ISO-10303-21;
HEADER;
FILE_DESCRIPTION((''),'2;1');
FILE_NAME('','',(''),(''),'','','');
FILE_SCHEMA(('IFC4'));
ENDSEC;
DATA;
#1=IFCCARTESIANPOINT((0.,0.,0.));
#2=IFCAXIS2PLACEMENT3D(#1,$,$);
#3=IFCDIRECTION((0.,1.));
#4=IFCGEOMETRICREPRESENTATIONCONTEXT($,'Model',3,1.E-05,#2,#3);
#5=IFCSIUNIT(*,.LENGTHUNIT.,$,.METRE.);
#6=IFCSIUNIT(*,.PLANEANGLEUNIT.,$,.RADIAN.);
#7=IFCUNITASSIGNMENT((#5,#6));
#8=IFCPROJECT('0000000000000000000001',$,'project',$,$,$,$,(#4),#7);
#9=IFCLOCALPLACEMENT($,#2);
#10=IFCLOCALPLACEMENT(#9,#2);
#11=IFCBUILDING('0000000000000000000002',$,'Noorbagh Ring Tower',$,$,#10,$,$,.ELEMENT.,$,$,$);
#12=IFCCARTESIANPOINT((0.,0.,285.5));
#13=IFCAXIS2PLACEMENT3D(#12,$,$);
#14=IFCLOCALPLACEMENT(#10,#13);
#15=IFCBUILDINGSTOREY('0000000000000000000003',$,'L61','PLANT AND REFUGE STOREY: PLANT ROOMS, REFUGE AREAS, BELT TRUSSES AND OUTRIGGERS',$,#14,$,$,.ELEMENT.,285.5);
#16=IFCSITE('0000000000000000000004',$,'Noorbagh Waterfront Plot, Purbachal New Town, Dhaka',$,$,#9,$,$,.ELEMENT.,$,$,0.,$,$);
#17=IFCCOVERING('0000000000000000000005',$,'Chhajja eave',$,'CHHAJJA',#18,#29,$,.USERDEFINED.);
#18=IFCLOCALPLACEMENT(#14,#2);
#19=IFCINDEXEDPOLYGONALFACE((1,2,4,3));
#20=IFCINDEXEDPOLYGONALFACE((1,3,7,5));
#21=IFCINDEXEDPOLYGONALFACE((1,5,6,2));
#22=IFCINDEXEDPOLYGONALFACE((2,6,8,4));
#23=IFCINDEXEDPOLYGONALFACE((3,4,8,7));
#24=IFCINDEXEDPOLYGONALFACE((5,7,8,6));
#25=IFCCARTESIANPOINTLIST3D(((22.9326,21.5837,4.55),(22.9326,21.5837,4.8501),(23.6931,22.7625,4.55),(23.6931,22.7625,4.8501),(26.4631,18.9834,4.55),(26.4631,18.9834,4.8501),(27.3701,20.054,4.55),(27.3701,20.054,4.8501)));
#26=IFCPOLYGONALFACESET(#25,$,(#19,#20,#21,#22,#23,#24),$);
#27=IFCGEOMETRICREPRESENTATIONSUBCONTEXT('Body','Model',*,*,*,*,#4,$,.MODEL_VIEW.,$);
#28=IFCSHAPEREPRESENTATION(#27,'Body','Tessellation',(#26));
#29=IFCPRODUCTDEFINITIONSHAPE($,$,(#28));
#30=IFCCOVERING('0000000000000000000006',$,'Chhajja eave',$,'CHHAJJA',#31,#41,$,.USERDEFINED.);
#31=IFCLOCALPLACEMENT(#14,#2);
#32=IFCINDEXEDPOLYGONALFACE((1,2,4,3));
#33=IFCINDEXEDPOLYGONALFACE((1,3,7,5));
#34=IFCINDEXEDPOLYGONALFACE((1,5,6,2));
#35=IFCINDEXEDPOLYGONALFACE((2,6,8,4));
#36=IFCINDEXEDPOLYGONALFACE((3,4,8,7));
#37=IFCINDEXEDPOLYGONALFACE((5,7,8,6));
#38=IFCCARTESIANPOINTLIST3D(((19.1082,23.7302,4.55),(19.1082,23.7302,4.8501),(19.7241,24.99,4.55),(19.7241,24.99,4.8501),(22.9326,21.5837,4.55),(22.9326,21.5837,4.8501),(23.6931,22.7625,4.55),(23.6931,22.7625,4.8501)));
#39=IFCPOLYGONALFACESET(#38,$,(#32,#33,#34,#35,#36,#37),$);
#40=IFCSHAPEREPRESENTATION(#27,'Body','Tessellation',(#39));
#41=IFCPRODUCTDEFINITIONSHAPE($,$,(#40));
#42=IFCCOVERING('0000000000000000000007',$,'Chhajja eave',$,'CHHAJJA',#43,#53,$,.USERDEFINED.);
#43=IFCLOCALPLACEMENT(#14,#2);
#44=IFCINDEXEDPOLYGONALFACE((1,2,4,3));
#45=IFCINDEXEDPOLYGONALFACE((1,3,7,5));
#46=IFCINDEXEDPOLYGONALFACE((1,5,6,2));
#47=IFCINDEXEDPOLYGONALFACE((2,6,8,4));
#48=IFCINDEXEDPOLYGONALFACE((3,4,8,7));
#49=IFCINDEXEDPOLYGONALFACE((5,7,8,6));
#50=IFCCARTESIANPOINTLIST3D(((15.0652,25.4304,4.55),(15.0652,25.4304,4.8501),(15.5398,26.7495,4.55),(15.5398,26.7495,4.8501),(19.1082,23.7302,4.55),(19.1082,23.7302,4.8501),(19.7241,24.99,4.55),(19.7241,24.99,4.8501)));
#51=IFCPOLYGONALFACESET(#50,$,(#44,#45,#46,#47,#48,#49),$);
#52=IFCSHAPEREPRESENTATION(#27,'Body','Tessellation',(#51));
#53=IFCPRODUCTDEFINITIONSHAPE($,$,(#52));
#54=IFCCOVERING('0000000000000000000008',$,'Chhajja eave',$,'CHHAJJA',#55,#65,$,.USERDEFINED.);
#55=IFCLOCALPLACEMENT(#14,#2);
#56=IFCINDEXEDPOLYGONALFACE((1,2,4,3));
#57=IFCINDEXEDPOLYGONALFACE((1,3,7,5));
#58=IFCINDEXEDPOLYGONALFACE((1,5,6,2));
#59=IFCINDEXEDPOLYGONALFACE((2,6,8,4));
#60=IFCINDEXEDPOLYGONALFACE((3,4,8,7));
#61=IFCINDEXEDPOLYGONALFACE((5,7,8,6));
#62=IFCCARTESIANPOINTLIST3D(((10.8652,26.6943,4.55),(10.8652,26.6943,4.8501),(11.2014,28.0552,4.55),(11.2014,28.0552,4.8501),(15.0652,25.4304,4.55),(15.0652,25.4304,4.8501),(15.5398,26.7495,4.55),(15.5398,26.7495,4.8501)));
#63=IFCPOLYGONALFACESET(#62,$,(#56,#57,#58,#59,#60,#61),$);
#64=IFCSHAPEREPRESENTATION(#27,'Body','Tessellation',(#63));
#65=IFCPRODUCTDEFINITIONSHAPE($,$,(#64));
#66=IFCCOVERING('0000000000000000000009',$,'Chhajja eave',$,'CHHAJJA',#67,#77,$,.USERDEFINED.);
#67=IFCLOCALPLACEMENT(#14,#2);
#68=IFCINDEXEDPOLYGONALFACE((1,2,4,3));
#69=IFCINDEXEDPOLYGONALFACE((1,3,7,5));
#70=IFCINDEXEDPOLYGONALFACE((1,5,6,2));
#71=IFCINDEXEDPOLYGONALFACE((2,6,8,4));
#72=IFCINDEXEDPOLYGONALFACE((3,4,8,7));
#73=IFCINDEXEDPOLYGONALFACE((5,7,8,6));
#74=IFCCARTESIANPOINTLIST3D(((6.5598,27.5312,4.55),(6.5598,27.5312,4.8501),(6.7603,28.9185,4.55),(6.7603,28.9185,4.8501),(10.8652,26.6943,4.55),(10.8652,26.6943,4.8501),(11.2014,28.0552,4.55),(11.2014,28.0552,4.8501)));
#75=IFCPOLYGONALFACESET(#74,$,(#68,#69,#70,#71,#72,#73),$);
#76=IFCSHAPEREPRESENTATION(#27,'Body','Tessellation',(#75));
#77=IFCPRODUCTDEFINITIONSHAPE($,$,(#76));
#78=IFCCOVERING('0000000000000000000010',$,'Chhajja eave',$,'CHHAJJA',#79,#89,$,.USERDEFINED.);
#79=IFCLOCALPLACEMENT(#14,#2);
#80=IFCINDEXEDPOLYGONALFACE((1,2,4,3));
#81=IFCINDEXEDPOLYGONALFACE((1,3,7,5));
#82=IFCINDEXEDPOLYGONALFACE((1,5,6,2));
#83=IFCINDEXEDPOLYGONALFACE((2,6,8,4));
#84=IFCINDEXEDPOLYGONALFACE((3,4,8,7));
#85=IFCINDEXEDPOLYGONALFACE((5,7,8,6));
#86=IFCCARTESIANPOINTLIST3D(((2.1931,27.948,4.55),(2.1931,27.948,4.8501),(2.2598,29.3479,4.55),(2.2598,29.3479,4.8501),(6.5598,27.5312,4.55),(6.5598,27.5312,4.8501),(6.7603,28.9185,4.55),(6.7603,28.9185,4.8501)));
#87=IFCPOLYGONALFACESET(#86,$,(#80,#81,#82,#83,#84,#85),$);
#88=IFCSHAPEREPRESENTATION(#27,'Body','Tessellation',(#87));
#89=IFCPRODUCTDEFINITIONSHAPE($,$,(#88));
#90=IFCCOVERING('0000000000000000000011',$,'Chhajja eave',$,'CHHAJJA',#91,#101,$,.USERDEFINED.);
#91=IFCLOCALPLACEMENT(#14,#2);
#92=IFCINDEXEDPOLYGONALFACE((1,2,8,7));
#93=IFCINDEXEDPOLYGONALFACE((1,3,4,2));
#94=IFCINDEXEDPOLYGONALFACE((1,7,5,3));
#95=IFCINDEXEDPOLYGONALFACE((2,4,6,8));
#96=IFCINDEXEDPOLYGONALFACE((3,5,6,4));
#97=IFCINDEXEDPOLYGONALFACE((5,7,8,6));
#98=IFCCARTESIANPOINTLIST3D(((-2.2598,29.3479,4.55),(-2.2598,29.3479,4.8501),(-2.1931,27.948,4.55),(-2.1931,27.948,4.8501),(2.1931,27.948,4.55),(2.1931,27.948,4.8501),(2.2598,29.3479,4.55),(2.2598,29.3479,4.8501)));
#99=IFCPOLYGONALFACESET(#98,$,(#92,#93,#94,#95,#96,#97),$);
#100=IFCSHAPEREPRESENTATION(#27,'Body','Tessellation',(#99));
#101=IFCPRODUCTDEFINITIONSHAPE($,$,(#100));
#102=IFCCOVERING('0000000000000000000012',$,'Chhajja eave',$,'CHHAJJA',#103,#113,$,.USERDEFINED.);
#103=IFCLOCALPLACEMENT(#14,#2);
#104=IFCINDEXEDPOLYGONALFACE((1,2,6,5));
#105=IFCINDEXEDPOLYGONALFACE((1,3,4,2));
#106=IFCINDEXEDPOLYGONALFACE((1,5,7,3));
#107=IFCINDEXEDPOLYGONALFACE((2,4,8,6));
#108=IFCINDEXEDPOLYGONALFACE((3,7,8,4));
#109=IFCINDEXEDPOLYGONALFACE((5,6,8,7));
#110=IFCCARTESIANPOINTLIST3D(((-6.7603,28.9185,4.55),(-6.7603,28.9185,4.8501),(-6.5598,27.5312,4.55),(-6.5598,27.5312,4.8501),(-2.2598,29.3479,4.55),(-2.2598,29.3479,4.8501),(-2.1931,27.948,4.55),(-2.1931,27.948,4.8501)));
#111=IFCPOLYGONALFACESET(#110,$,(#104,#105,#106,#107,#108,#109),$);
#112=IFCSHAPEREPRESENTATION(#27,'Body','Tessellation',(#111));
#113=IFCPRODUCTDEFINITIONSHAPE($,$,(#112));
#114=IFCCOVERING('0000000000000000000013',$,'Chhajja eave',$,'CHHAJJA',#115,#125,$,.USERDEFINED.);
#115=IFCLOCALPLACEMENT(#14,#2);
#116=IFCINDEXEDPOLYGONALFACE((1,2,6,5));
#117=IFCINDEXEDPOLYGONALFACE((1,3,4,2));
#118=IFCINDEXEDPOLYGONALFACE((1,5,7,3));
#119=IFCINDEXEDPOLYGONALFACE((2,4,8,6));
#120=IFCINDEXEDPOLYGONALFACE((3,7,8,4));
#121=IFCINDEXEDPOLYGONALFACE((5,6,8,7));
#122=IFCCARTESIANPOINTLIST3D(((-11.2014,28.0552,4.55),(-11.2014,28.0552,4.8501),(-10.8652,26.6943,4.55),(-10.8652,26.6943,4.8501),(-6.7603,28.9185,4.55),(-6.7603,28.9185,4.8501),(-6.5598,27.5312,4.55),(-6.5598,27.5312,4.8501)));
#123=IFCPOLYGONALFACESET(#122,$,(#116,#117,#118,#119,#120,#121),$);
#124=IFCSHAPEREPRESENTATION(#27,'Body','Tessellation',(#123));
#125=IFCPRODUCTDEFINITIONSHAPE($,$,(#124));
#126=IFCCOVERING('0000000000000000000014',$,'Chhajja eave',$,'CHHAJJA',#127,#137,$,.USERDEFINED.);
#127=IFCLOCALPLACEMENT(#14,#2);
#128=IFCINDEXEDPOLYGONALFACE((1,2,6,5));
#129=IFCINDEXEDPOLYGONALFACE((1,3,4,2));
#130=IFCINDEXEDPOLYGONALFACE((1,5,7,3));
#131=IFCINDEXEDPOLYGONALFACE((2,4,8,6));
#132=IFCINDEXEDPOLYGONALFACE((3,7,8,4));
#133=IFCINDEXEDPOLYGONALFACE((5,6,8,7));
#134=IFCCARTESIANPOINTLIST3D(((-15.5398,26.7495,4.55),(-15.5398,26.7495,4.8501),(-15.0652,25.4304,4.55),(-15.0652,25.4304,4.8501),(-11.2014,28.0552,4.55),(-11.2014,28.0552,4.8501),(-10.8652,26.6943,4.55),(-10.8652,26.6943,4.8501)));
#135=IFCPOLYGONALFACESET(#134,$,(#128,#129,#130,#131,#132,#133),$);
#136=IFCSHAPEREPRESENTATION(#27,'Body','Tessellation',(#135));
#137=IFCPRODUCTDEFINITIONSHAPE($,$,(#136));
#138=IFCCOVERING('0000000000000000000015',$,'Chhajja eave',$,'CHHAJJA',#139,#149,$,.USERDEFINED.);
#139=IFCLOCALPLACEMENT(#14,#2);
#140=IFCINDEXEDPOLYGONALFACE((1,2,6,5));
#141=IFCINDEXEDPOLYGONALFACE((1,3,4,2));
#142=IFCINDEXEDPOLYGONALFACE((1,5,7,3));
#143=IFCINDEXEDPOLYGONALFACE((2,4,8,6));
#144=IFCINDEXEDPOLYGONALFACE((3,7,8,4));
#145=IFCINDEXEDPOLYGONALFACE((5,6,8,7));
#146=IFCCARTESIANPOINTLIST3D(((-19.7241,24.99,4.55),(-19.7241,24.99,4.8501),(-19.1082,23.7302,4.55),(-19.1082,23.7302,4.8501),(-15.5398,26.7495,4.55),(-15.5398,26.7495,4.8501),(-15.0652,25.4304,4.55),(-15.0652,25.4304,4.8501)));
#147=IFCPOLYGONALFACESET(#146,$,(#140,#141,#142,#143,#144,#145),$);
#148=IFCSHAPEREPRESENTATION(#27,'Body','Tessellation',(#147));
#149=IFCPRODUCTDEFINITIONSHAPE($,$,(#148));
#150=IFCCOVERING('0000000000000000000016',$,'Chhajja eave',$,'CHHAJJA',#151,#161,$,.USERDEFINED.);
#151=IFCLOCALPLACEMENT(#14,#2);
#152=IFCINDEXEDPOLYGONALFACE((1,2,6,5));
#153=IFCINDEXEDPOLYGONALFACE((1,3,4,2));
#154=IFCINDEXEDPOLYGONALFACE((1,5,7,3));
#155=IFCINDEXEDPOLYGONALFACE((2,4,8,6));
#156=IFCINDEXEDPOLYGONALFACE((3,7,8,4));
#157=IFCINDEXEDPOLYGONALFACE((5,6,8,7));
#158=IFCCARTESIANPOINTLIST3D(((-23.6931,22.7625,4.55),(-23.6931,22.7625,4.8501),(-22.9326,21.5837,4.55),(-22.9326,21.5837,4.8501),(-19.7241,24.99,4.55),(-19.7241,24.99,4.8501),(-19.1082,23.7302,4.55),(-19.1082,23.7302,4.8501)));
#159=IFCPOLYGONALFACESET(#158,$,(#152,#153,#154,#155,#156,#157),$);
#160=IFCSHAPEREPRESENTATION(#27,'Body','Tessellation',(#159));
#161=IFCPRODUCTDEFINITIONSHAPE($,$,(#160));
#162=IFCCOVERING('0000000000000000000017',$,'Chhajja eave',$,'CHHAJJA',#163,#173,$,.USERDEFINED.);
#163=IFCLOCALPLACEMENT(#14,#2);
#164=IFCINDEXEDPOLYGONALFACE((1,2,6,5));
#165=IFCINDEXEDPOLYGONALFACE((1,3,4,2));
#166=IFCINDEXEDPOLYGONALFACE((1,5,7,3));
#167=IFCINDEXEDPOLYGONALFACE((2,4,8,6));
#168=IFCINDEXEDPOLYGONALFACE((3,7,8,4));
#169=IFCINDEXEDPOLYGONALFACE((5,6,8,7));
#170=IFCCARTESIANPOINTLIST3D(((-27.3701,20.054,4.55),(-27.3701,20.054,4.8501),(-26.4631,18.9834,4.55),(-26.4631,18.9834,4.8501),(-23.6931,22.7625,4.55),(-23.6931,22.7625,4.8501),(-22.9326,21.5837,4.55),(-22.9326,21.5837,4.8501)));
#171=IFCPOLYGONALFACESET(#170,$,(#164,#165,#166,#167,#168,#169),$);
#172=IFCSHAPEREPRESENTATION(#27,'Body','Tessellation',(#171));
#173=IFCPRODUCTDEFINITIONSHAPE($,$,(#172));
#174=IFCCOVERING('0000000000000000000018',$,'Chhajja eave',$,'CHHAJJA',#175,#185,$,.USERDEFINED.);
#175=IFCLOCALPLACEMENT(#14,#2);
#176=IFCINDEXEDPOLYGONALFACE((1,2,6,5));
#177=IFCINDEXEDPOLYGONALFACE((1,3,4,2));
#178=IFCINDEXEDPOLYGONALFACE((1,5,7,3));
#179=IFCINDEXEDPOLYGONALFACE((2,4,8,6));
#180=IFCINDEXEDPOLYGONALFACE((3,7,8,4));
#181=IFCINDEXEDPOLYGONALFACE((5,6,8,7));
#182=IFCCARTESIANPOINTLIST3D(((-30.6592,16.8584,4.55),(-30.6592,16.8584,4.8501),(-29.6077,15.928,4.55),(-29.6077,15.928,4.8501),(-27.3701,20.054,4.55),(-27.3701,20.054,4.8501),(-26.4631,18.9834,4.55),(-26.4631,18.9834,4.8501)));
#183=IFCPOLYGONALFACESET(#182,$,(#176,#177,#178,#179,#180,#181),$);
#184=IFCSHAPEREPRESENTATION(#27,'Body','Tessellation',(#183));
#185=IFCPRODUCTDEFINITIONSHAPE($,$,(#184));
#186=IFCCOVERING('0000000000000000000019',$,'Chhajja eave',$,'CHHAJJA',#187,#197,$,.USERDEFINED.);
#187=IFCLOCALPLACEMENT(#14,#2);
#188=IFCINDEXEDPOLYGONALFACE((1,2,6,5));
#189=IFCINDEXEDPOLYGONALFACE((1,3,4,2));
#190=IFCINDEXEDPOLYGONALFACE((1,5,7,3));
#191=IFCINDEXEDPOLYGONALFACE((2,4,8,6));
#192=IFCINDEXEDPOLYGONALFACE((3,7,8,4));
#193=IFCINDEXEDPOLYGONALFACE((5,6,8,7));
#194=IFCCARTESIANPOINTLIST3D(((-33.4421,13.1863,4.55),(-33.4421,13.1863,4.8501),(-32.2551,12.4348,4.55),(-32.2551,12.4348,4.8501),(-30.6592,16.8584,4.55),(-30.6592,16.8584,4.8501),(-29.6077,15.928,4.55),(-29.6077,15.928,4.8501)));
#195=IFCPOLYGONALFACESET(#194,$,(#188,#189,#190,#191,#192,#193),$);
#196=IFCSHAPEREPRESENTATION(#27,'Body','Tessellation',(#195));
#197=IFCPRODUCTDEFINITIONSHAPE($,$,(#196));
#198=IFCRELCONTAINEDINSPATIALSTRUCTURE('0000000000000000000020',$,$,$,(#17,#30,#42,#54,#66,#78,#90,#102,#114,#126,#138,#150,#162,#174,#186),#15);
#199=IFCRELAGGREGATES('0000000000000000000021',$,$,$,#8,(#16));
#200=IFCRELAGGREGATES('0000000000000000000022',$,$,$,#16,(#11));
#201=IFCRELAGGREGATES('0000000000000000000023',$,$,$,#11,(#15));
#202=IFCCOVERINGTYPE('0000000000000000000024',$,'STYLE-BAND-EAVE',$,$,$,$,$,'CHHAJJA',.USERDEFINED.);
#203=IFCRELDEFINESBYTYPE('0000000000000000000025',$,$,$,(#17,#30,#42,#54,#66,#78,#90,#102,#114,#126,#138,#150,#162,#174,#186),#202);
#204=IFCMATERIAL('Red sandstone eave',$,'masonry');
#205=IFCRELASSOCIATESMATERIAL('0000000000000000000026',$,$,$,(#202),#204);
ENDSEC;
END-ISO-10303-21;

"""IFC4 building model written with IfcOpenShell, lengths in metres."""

from ifc_helpers import new_model, si_unit, direction, frame, origin, place, context, subcontext, project, spatial, polyline, outline, extrude, material, type_object, element, save


model = new_model("IFC4")

# Units and contexts
model_context = context("Model", 3, precision=1e-05, world=origin(), true_north=direction((0.0, 1.0)))
body_context = subcontext(model_context, "Body", "Model", "MODEL_VIEW")
ifc_project = project(units=[si_unit("LENGTHUNIT", "METRE"), si_unit("PLANEANGLEUNIT", "RADIAN")], contexts=[model_context])

# Site, building, storey
site_placement = place(None, origin())
site = spatial("IfcSite", under=ifc_project, at=site_placement, Name="Noorbagh Waterfront Plot, Purbachal New Town, Dhaka", CompositionType="ELEMENT", RefElevation=0.0)
building_placement = place(site_placement, origin())
building = spatial("IfcBuilding", under=site, at=building_placement, Name="Noorbagh Ring Tower", CompositionType="ELEMENT")
storey_placement = place(building_placement, frame((0.0, 0.0, 285.5)))
storey = spatial("IfcBuildingStorey", under=building, at=storey_placement, Name="L61", Description="PLANT AND REFUGE STOREY: PLANT ROOMS, REFUGE AREAS, BELT TRUSSES AND OUTRIGGERS", CompositionType="ELEMENT", Elevation=285.5)

# Coverings
ifc_material_1 = material(Name="Red sandstone eave", Category="masonry")
covering_type_1 = type_object("IfcCoveringType", Name="STYLE-BAND-EAVE", ElementType="CHHAJJA", PredefinedType="USERDEFINED", material=ifc_material_1)
covering_1_placement = place(storey_placement, frame((0.0, 0.0, 4.55)))
element("IfcCovering", 1, at=covering_1_placement, inside=storey, type_object=covering_type_1, Name="Chhajja eave", ObjectType="CHHAJJA", PredefinedType="USERDEFINED", context=body_context, shape_type="SweptSolid", body=[
    extrude(outline(polyline([(26.4631, 18.9834), (22.9326, 21.5837), (23.6931, 22.7625), (27.3701, 20.054), (26.4631, 18.9834)])), origin(), (0.0, 0.0, 1.0), 0.3),
])
covering_2_placement = place(storey_placement, frame((0.0, 0.0, 4.55)))
element("IfcCovering", 2, at=covering_2_placement, inside=storey, type_object=covering_type_1, Name="Chhajja eave", ObjectType="CHHAJJA", PredefinedType="USERDEFINED", context=body_context, shape_type="SweptSolid", body=[
    extrude(outline(polyline([(22.9326, 21.5837), (19.1082, 23.7302), (19.7241, 24.99), (23.6931, 22.7625), (22.9326, 21.5837)])), origin(), (0.0, 0.0, 1.0), 0.3),
])
covering_3_placement = place(storey_placement, frame((0.0, 0.0, 4.55)))
element("IfcCovering", 3, at=covering_3_placement, inside=storey, type_object=covering_type_1, Name="Chhajja eave", ObjectType="CHHAJJA", PredefinedType="USERDEFINED", context=body_context, shape_type="SweptSolid", body=[
    extrude(outline(polyline([(19.1082, 23.7302), (15.0652, 25.4304), (15.5398, 26.7495), (19.7241, 24.99), (19.1082, 23.7302)])), origin(), (0.0, 0.0, 1.0), 0.3),
])
covering_4_placement = place(storey_placement, frame((0.0, 0.0, 4.55)))
element("IfcCovering", 4, at=covering_4_placement, inside=storey, type_object=covering_type_1, Name="Chhajja eave", ObjectType="CHHAJJA", PredefinedType="USERDEFINED", context=body_context, shape_type="SweptSolid", body=[
    extrude(outline(polyline([(15.0652, 25.4304), (10.8652, 26.6943), (11.2014, 28.0552), (15.5398, 26.7495), (15.0652, 25.4304)])), origin(), (0.0, 0.0, 1.0), 0.3),
])
covering_5_placement = place(storey_placement, frame((0.0, 0.0, 4.55)))
element("IfcCovering", 5, at=covering_5_placement, inside=storey, type_object=covering_type_1, Name="Chhajja eave", ObjectType="CHHAJJA", PredefinedType="USERDEFINED", context=body_context, shape_type="SweptSolid", body=[
    extrude(outline(polyline([(10.8652, 26.6943), (6.5598, 27.5312), (6.7603, 28.9185), (11.2014, 28.0552), (10.8652, 26.6943)])), origin(), (0.0, 0.0, 1.0), 0.3),
])
covering_6_placement = place(storey_placement, frame((0.0, 0.0, 4.55)))
element("IfcCovering", 6, at=covering_6_placement, inside=storey, type_object=covering_type_1, Name="Chhajja eave", ObjectType="CHHAJJA", PredefinedType="USERDEFINED", context=body_context, shape_type="SweptSolid", body=[
    extrude(outline(polyline([(6.5598, 27.5312), (2.1931, 27.948), (2.2598, 29.3479), (6.7603, 28.9185), (6.5598, 27.5312)])), origin(), (0.0, 0.0, 1.0), 0.3),
])
covering_7_placement = place(storey_placement, frame((0.0, 0.0, 4.55)))
element("IfcCovering", 7, at=covering_7_placement, inside=storey, type_object=covering_type_1, Name="Chhajja eave", ObjectType="CHHAJJA", PredefinedType="USERDEFINED", context=body_context, shape_type="SweptSolid", body=[
    extrude(outline(polyline([(2.1931, 27.948), (-2.1931, 27.948), (-2.2598, 29.3479), (2.2598, 29.3479), (2.1931, 27.948)])), origin(), (0.0, 0.0, 1.0), 0.3),
])
covering_8_placement = place(storey_placement, frame((0.0, 0.0, 4.55)))
element("IfcCovering", 8, at=covering_8_placement, inside=storey, type_object=covering_type_1, Name="Chhajja eave", ObjectType="CHHAJJA", PredefinedType="USERDEFINED", context=body_context, shape_type="SweptSolid", body=[
    extrude(outline(polyline([(-2.1931, 27.948), (-6.5598, 27.5312), (-6.7603, 28.9185), (-2.2598, 29.3479), (-2.1931, 27.948)])), origin(), (0.0, 0.0, 1.0), 0.3),
])
covering_9_placement = place(storey_placement, frame((0.0, 0.0, 4.55)))
element("IfcCovering", 9, at=covering_9_placement, inside=storey, type_object=covering_type_1, Name="Chhajja eave", ObjectType="CHHAJJA", PredefinedType="USERDEFINED", context=body_context, shape_type="SweptSolid", body=[
    extrude(outline(polyline([(-6.5598, 27.5312), (-10.8652, 26.6943), (-11.2014, 28.0552), (-6.7603, 28.9185), (-6.5598, 27.5312)])), origin(), (0.0, 0.0, 1.0), 0.3),
])
covering_10_placement = place(storey_placement, frame((0.0, 0.0, 4.55)))
element("IfcCovering", 10, at=covering_10_placement, inside=storey, type_object=covering_type_1, Name="Chhajja eave", ObjectType="CHHAJJA", PredefinedType="USERDEFINED", context=body_context, shape_type="SweptSolid", body=[
    extrude(outline(polyline([(-10.8652, 26.6943), (-15.0652, 25.4304), (-15.5398, 26.7495), (-11.2014, 28.0552), (-10.8652, 26.6943)])), origin(), (0.0, 0.0, 1.0), 0.3),
])
covering_11_placement = place(storey_placement, frame((0.0, 0.0, 4.55)))
element("IfcCovering", 11, at=covering_11_placement, inside=storey, type_object=covering_type_1, Name="Chhajja eave", ObjectType="CHHAJJA", PredefinedType="USERDEFINED", context=body_context, shape_type="SweptSolid", body=[
    extrude(outline(polyline([(-15.0652, 25.4304), (-19.1082, 23.7302), (-19.7241, 24.99), (-15.5398, 26.7495), (-15.0652, 25.4304)])), origin(), (0.0, 0.0, 1.0), 0.3),
])
covering_12_placement = place(storey_placement, frame((0.0, 0.0, 4.55)))
element("IfcCovering", 12, at=covering_12_placement, inside=storey, type_object=covering_type_1, Name="Chhajja eave", ObjectType="CHHAJJA", PredefinedType="USERDEFINED", context=body_context, shape_type="SweptSolid", body=[
    extrude(outline(polyline([(-19.1082, 23.7302), (-22.9326, 21.5837), (-23.6931, 22.7625), (-19.7241, 24.99), (-19.1082, 23.7302)])), origin(), (0.0, 0.0, 1.0), 0.3),
])
covering_13_placement = place(storey_placement, frame((0.0, 0.0, 4.55)))
element("IfcCovering", 13, at=covering_13_placement, inside=storey, type_object=covering_type_1, Name="Chhajja eave", ObjectType="CHHAJJA", PredefinedType="USERDEFINED", context=body_context, shape_type="SweptSolid", body=[
    extrude(outline(polyline([(-22.9326, 21.5837), (-26.4631, 18.9834), (-27.3701, 20.054), (-23.6931, 22.7625), (-22.9326, 21.5837)])), origin(), (0.0, 0.0, 1.0), 0.3),
])
covering_14_placement = place(storey_placement, frame((0.0, 0.0, 4.55)))
element("IfcCovering", 14, at=covering_14_placement, inside=storey, type_object=covering_type_1, Name="Chhajja eave", ObjectType="CHHAJJA", PredefinedType="USERDEFINED", context=body_context, shape_type="SweptSolid", body=[
    extrude(outline(polyline([(-26.4631, 18.9834), (-29.6077, 15.928), (-30.6592, 16.8584), (-27.3701, 20.054), (-26.4631, 18.9834)])), origin(), (0.0, 0.0, 1.0), 0.3),
])
covering_15_placement = place(storey_placement, frame((0.0, 0.0, 4.55)))
element("IfcCovering", 15, at=covering_15_placement, inside=storey, type_object=covering_type_1, Name="Chhajja eave", ObjectType="CHHAJJA", PredefinedType="USERDEFINED", context=body_context, shape_type="SweptSolid", body=[
    extrude(outline(polyline([(-29.6077, 15.928), (-32.2551, 12.4348), (-33.4421, 13.1863), (-30.6592, 16.8584), (-29.6077, 15.928)])), origin(), (0.0, 0.0, 1.0), 0.3),
])

save(model, "model.ifc")
